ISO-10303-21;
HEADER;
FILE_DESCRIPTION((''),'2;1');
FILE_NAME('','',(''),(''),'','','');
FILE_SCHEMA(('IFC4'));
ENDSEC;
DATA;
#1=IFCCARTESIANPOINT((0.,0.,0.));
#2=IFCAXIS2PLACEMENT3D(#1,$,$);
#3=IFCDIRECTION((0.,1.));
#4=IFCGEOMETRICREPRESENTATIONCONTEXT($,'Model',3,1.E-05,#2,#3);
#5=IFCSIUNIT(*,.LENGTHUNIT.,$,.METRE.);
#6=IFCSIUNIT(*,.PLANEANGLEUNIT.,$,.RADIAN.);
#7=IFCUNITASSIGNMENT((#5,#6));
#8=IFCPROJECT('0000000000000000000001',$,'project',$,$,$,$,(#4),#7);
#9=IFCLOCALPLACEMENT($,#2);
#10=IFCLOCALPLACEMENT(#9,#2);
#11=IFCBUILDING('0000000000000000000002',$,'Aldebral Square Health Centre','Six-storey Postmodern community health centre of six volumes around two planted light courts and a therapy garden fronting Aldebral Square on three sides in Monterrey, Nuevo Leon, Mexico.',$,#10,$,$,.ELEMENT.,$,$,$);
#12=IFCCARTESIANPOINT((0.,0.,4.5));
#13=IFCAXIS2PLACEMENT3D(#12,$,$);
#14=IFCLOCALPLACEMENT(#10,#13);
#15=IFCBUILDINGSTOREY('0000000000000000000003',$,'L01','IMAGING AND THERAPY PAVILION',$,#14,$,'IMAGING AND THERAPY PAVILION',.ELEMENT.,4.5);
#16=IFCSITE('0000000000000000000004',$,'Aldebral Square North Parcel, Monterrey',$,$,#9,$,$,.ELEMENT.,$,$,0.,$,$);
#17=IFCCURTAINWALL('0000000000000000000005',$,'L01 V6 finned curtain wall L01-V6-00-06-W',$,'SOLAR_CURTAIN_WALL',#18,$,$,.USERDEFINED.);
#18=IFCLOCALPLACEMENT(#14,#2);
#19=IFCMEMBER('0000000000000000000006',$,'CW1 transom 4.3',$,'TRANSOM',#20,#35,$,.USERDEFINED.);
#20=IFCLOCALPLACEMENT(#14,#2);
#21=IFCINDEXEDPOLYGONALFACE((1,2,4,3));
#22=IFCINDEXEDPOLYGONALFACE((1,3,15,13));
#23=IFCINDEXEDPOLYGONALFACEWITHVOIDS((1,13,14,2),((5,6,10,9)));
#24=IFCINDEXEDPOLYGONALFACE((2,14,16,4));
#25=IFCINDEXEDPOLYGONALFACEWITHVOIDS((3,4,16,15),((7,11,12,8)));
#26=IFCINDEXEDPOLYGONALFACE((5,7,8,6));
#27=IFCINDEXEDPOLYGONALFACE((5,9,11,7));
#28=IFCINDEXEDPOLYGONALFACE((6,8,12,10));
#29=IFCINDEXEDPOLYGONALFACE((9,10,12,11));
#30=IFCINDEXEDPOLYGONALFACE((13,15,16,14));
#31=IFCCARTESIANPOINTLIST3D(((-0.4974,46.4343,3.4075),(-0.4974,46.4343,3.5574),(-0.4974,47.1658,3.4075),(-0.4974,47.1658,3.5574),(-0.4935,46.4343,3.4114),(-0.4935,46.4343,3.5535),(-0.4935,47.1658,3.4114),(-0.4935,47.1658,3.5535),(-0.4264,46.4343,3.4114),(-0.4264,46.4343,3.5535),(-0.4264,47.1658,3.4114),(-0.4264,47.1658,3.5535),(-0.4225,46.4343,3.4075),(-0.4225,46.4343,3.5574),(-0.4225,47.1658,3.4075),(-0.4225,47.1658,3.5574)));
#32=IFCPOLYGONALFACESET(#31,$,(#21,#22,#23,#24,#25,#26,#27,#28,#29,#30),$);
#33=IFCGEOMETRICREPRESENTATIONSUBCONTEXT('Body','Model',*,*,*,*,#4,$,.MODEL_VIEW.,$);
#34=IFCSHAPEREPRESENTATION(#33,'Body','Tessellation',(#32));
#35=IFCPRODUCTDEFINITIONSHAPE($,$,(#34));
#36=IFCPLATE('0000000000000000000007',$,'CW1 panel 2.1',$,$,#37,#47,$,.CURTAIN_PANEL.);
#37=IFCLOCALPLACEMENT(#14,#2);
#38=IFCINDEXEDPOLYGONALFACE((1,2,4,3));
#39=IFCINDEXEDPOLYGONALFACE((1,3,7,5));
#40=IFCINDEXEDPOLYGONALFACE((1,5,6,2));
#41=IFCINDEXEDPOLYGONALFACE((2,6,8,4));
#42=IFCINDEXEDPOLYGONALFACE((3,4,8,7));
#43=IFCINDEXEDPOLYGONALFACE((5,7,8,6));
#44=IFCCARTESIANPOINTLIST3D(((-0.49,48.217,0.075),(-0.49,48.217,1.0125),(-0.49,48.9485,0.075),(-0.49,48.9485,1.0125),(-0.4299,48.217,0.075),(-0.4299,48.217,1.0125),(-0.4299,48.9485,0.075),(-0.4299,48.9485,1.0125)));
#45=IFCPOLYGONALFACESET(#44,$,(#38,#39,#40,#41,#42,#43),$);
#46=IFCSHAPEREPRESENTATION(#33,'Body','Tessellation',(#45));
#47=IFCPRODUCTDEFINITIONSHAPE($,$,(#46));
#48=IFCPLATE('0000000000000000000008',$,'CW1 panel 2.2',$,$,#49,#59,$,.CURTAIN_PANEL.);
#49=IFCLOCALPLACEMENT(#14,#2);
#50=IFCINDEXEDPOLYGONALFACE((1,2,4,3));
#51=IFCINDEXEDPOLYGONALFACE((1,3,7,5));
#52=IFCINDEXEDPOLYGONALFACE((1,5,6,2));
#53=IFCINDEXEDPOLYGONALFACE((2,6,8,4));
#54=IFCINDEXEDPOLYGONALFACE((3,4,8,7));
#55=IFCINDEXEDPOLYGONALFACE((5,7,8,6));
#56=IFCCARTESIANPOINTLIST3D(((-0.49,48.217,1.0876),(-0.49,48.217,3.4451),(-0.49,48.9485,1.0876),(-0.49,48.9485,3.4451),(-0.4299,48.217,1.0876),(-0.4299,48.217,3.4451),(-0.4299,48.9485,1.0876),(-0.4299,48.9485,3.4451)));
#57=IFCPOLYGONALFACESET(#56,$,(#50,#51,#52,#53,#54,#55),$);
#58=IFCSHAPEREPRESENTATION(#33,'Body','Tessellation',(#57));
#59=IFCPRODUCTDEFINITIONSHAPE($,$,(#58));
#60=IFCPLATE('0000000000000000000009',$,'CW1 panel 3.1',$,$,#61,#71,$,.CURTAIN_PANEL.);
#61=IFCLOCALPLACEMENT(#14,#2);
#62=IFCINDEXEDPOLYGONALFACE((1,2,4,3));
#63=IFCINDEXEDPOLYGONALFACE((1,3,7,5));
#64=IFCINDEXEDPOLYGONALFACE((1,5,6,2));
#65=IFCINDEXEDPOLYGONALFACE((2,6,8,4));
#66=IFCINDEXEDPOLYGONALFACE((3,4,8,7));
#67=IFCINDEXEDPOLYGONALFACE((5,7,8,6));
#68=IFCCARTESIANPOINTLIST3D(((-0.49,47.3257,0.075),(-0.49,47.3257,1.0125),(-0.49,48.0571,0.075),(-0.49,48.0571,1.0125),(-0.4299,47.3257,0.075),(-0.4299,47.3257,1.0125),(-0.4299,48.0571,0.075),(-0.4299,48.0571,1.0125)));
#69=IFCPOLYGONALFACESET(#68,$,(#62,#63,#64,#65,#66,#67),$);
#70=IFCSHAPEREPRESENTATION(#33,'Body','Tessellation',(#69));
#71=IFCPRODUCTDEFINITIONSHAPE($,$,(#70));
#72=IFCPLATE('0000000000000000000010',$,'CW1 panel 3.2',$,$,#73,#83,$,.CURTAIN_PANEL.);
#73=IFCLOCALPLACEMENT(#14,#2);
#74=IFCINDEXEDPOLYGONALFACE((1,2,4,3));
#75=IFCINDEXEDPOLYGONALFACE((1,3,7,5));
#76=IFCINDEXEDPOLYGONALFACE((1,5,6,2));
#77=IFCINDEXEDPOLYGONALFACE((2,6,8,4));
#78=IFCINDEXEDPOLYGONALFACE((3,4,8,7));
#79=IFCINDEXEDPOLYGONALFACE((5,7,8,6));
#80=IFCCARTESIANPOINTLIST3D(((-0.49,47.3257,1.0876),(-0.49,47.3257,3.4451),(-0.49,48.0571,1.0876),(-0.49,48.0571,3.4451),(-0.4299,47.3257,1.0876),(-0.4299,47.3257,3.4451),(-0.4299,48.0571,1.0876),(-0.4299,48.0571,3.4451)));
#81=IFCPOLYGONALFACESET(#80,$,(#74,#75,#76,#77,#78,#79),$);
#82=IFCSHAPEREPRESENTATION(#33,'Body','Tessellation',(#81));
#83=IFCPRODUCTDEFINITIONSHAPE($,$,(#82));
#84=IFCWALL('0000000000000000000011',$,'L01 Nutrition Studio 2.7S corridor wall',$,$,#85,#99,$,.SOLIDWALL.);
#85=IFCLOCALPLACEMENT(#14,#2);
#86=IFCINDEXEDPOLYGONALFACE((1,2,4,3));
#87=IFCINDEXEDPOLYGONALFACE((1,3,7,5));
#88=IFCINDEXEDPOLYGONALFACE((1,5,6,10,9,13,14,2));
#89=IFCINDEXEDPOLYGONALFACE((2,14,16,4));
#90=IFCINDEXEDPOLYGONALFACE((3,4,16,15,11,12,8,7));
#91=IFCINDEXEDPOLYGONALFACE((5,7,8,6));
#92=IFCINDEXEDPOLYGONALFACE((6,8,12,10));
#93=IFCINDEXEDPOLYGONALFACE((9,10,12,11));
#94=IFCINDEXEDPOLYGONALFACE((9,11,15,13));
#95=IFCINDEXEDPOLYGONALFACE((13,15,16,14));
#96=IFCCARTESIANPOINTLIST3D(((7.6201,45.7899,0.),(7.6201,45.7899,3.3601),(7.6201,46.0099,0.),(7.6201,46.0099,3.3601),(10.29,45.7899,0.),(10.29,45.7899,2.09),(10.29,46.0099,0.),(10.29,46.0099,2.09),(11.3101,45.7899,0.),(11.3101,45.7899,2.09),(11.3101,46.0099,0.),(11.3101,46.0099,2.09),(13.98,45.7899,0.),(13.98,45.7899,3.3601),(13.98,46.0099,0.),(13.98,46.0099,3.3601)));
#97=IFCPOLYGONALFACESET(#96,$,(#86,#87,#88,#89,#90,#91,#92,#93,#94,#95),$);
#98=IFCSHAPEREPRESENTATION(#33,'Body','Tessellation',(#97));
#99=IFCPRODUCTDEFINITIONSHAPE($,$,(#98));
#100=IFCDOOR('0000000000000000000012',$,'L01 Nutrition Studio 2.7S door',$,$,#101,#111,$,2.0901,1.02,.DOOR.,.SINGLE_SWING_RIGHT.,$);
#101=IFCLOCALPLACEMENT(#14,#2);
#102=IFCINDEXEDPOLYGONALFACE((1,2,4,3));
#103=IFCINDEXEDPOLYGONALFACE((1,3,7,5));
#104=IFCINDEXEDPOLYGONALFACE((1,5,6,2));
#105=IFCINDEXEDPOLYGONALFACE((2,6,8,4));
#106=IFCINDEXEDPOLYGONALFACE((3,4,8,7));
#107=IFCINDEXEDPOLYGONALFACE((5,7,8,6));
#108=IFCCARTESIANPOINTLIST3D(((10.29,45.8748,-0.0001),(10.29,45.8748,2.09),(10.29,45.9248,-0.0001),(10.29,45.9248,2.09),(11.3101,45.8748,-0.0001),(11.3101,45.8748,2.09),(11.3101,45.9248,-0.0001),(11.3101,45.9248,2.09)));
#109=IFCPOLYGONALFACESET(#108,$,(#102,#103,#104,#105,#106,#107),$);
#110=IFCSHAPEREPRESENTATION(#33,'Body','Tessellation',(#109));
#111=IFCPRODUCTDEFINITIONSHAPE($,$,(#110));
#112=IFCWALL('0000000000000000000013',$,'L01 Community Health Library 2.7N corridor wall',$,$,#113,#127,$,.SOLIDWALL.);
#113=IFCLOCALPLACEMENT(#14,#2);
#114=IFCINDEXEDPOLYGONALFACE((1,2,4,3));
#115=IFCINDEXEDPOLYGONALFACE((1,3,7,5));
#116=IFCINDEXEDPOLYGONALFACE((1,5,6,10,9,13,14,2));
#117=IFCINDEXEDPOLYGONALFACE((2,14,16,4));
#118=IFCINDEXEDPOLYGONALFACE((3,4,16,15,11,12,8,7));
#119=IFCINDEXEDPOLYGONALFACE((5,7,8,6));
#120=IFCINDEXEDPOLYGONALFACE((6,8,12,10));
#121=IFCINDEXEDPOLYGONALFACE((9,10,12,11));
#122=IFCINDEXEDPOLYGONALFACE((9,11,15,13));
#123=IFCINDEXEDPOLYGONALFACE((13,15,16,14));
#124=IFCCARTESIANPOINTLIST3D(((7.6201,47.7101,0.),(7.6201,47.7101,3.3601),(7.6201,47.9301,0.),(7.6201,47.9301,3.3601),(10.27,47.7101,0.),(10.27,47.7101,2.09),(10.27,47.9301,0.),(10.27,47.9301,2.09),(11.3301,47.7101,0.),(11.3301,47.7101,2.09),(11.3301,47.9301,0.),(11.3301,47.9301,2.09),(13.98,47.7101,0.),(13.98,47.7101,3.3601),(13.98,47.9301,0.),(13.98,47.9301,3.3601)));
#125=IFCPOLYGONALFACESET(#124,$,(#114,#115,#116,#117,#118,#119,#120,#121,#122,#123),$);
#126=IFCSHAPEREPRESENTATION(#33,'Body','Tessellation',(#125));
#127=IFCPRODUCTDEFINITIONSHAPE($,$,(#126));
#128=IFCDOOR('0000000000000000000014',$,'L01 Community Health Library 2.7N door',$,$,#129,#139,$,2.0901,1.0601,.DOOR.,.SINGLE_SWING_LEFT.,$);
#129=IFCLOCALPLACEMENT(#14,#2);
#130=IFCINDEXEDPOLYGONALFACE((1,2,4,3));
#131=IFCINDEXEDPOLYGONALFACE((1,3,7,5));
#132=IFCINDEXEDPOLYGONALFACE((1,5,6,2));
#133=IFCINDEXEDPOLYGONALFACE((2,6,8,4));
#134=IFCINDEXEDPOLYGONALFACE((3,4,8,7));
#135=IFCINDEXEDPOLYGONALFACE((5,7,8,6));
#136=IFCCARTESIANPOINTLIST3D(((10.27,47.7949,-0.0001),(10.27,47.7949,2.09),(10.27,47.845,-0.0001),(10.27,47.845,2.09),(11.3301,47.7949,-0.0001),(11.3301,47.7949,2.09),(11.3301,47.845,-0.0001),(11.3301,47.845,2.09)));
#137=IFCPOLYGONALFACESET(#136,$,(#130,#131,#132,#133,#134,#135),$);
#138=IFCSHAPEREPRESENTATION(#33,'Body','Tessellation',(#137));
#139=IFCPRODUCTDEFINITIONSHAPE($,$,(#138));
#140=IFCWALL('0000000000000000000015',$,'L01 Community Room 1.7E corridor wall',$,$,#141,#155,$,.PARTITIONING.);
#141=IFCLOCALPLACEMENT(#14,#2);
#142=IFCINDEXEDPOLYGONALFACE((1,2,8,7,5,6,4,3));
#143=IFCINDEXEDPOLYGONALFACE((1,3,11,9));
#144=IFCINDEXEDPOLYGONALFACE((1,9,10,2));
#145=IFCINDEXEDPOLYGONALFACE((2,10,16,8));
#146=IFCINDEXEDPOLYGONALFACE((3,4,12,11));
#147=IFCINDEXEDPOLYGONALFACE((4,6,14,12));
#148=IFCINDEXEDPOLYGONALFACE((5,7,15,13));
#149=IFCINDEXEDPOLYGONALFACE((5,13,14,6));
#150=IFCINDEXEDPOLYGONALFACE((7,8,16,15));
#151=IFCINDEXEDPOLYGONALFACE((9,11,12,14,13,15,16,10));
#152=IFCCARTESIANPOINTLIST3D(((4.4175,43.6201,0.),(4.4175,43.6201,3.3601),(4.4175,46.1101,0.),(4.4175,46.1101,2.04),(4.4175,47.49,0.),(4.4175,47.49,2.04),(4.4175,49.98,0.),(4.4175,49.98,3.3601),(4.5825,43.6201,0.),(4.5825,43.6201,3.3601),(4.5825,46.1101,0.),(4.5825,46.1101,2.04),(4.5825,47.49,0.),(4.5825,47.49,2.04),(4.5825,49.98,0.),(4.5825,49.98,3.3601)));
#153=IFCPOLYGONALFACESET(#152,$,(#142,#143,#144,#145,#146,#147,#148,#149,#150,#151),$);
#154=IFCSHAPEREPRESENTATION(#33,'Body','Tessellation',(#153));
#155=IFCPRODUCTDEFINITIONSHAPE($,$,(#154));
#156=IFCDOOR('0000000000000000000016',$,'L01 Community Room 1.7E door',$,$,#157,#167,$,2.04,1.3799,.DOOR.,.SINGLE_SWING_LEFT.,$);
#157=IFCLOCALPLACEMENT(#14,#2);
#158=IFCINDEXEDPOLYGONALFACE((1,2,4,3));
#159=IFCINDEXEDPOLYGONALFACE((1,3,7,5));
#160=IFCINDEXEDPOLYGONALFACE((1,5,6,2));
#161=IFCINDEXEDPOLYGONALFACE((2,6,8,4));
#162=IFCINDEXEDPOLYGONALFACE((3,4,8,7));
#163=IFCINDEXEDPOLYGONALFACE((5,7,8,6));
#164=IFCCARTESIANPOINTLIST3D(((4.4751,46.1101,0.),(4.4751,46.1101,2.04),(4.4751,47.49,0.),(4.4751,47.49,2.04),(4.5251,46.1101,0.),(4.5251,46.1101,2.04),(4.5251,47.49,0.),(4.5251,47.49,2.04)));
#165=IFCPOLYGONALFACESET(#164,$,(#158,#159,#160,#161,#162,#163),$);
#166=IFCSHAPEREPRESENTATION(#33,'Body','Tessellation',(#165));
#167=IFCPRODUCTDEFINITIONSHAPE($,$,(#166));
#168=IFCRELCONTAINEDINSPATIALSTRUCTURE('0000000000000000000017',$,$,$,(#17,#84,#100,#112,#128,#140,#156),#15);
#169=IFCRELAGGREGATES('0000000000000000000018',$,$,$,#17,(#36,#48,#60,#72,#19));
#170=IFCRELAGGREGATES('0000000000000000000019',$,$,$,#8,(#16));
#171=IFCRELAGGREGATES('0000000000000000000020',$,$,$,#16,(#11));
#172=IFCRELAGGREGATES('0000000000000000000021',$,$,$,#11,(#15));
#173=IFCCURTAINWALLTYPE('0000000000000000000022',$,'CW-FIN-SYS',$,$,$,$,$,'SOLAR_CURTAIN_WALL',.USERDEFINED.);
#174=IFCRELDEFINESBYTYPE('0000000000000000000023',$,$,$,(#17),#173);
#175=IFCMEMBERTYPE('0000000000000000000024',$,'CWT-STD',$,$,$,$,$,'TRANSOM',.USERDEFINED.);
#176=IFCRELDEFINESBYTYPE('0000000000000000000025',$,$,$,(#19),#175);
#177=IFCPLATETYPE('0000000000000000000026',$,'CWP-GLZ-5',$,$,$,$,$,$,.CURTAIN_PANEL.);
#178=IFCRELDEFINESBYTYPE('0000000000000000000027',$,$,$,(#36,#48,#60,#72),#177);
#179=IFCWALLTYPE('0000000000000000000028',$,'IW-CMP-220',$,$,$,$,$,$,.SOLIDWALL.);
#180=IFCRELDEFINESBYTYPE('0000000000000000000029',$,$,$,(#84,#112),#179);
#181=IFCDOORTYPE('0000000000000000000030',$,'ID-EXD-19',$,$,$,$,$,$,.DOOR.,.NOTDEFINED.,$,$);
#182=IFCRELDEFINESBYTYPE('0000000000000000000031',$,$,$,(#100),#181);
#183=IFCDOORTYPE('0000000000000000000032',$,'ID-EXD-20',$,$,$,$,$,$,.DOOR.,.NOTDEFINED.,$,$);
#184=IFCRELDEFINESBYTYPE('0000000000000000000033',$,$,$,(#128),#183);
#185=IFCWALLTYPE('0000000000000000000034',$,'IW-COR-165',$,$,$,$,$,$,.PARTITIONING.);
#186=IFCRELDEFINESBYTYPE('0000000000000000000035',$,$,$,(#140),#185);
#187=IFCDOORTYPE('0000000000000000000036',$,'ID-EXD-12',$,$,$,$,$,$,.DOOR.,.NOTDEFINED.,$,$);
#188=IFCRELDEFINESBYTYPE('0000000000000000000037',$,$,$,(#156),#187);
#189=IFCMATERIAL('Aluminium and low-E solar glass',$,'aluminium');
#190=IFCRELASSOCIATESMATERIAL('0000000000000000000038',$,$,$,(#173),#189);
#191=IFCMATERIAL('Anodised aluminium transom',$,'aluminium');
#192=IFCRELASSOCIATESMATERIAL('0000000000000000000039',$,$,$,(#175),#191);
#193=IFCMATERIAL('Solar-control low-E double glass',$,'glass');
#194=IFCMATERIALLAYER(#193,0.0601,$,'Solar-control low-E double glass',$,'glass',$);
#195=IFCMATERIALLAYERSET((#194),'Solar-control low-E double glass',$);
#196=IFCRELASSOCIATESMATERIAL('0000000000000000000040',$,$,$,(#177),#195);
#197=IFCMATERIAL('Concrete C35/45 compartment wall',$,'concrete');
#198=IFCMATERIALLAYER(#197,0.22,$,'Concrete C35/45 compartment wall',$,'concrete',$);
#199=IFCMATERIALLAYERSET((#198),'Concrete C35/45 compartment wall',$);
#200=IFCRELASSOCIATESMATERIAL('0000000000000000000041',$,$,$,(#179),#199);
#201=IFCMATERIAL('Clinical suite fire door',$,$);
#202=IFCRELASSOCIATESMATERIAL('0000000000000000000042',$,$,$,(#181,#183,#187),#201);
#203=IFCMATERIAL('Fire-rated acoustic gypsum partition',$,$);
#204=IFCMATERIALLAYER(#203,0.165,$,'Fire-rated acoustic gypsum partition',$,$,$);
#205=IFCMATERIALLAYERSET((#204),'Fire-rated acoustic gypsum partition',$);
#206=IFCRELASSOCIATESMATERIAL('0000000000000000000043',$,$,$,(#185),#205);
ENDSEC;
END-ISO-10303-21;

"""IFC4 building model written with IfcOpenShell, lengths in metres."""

from ifc_helpers import new_model, si_unit, direction, frame, frame_2d, origin, origin_2d, place, context, subcontext, project, spatial, rectangle, hollow_rectangle, extrude, material, layer, layer_set, material_profile, profile_set, type_object, element, fill, aggregate, save


model = new_model("IFC4")

# Units and contexts
model_context = context("Model", 3, precision=1e-05, world=origin(), true_north=direction((0.0, 1.0)))
body_context = subcontext(model_context, "Body", "Model", "MODEL_VIEW")
ifc_project = project(units=[si_unit("LENGTHUNIT", "METRE"), si_unit("PLANEANGLEUNIT", "RADIAN")], contexts=[model_context])

# Site, building, storey
site_placement = place(None, origin())
site = spatial("IfcSite", under=ifc_project, at=site_placement, Name="Aldebral Square North Parcel, Monterrey", CompositionType="ELEMENT", RefElevation=0.0)
building_placement = place(site_placement, origin())
building = spatial("IfcBuilding", under=site, at=building_placement, Name="Aldebral Square Health Centre", Description="Six-storey Postmodern community health centre of six volumes around two planted light courts and a therapy garden fronting Aldebral Square on three sides in Monterrey, Nuevo Leon, Mexico.", CompositionType="ELEMENT")
storey_placement = place(building_placement, frame((0.0, 0.0, 4.5)))
storey = spatial("IfcBuildingStorey", under=building, at=storey_placement, Name="L01", Description="IMAGING AND THERAPY PAVILION", LongName="IMAGING AND THERAPY PAVILION", CompositionType="ELEMENT", Elevation=4.5)

# Curtain wall, member, plates
ifc_material_1 = material(Name="Aluminium and low-E solar glass", Category="aluminium")
curtain_wall_type = type_object("IfcCurtainWallType", Name="CW-FIN-SYS", ElementType="SOLAR_CURTAIN_WALL", PredefinedType="USERDEFINED", material=ifc_material_1)
curtain_wall_placement = place(storey_placement, origin())
curtain_wall = element("IfcCurtainWall", 1, at=curtain_wall_placement, inside=storey, type_object=curtain_wall_type, Name="L01 V6 finned curtain wall L01-V6-00-06-W", ObjectType="SOLAR_CURTAIN_WALL", PredefinedType="USERDEFINED")
ifc_material_2 = material(Name="Anodised aluminium transom", Category="aluminium")
ifc_material_profile_1 = material_profile(ifc_material_2, hollow_rectangle(XDim=0.075, YDim=0.1499, WallThickness=0.0039, at=origin_2d()), Name="CWT 75x150x4")
ifc_profile_set_1 = profile_set([ifc_material_profile_1], Name="Anodised aluminium transom")
member_type_1 = type_object("IfcMemberType", Name="CWT-STD", ElementType="TRANSOM", PredefinedType="USERDEFINED", material=ifc_profile_set_1)
member_1_placement = place(storey_placement, frame((-0.46, 47.1658, 3.4824), z_axis=(0.0, -1.0, 0.0), x_axis=(1.0, 0.0, 0.0)))
member_1 = element("IfcMember", 2, at=member_1_placement, type_object=member_type_1, Name="CW1 transom 4.3", ObjectType="TRANSOM", PredefinedType="USERDEFINED", context=body_context, shape_type="SweptSolid", body=[
    extrude(hollow_rectangle(XDim=0.075, YDim=0.1499, WallThickness=0.0039, at=origin_2d()), origin(), (0.0, 0.0, 1.0), 0.7314),
])
ifc_material_3 = material(Name="Solar-control low-E double glass", Category="glass")
ifc_layer_1 = layer(ifc_material_3, 0.0601, Name="Solar-control low-E double glass", Category="glass")
ifc_layer_set_1 = layer_set([ifc_layer_1], Name="Solar-control low-E double glass")
plate_type = type_object("IfcPlateType", Name="CWP-GLZ-5", PredefinedType="CURTAIN_PANEL", material=ifc_layer_set_1)
plate_1_placement = place(storey_placement, frame((-0.46, 48.5828, 0.075), z_axis=(0.0, 0.0, 1.0), x_axis=(0.0, -1.0, 0.0)))
plate_1 = element("IfcPlate", 3, at=plate_1_placement, type_object=plate_type, Name="CW1 panel 2.1", PredefinedType="CURTAIN_PANEL", context=body_context, shape_type="SweptSolid", body=[
    extrude(rectangle(XDim=0.7314, YDim=0.0601, at=origin_2d()), origin(), (0.0, 0.0, 1.0), 0.9375),
])
plate_2_placement = place(storey_placement, frame((-0.46, 48.5828, 1.0876), z_axis=(0.0, 0.0, 1.0), x_axis=(0.0, -1.0, 0.0)))
plate_2 = element("IfcPlate", 4, at=plate_2_placement, type_object=plate_type, Name="CW1 panel 2.2", PredefinedType="CURTAIN_PANEL", context=body_context, shape_type="SweptSolid", body=[
    extrude(rectangle(XDim=0.7314, YDim=0.0601, at=origin_2d()), origin(), (0.0, 0.0, 1.0), 2.3574),
])
plate_3_placement = place(storey_placement, frame((-0.46, 47.6914, 0.075), z_axis=(0.0, 0.0, 1.0), x_axis=(0.0, -1.0, 0.0)))
plate_3 = element("IfcPlate", 5, at=plate_3_placement, type_object=plate_type, Name="CW1 panel 3.1", PredefinedType="CURTAIN_PANEL", context=body_context, shape_type="SweptSolid", body=[
    extrude(rectangle(XDim=0.7314, YDim=0.0601, at=origin_2d()), origin(), (0.0, 0.0, 1.0), 0.9375),
])
plate_4_placement = place(storey_placement, frame((-0.46, 47.6914, 1.0876), z_axis=(0.0, 0.0, 1.0), x_axis=(0.0, -1.0, 0.0)))
plate_4 = element("IfcPlate", 6, at=plate_4_placement, type_object=plate_type, Name="CW1 panel 3.2", PredefinedType="CURTAIN_PANEL", context=body_context, shape_type="SweptSolid", body=[
    extrude(rectangle(XDim=0.7314, YDim=0.0601, at=origin_2d()), origin(), (0.0, 0.0, 1.0), 2.3574),
])
aggregate(curtain_wall, [plate_1, plate_2, plate_3, plate_4, member_1])

# Walls, openings, doors
ifc_material_4 = material(Name="Concrete C35/45 compartment wall", Category="concrete")
ifc_layer_2 = layer(ifc_material_4, 0.22, Name="Concrete C35/45 compartment wall", Category="concrete")
ifc_layer_set_2 = layer_set([ifc_layer_2], Name="Concrete C35/45 compartment wall")
wall_type_1 = type_object("IfcWallType", Name="IW-CMP-220", PredefinedType="SOLIDWALL", material=ifc_layer_set_2)
wall_1_placement = place(storey_placement, frame((7.6201, 45.8999, 0.0), z_axis=(0.0, 0.0, 1.0), x_axis=(1.0, 0.0, 0.0)))
wall_1 = element("IfcWall", 7, at=wall_1_placement, inside=storey, type_object=wall_type_1, Name="L01 Nutrition Studio 2.7S corridor wall", PredefinedType="SOLIDWALL", context=body_context, shape_type="SweptSolid", body=[
    extrude(rectangle(XDim=6.3599, YDim=0.22, at=frame_2d((3.1799, 0.0))), origin(), (0.0, 0.0, 1.0), 3.3601),
])
opening_1_placement = place(wall_1_placement, frame((2.6699, 0.0, 0.0)))
opening_1 = element("IfcOpeningElement", 8, at=opening_1_placement, cuts=wall_1, PredefinedType="OPENING", context=body_context, shape_type="SweptSolid", body=[
    extrude(rectangle(XDim=1.02, YDim=2.0901, at=frame_2d((0.51, 1.0449))), frame((0.0, 0.1201, 0.0), z_axis=(0.0, -1.0, 0.0), x_axis=(1.0, 0.0, 0.0)), (0.0, 0.0, 1.0), 0.24),
])
ifc_material_5 = material(Name="Clinical suite fire door")
door_type_1 = type_object("IfcDoorType", Name="ID-EXD-19", OperationType="NOTDEFINED", PredefinedType="DOOR", material=ifc_material_5)
door_1_placement = place(opening_1_placement, origin())
door_1 = element("IfcDoor", 9, at=door_1_placement, inside=storey, type_object=door_type_1, Name="L01 Nutrition Studio 2.7S door", OperationType="SINGLE_SWING_RIGHT", OverallHeight=2.0901, OverallWidth=1.02, PredefinedType="DOOR", context=body_context, shape_type="SweptSolid", body=[
    extrude(rectangle(XDim=1.02, YDim=2.0901, at=frame_2d((0.51, 1.0449))), frame((0.0, 0.0249, 0.0), z_axis=(0.0, -1.0, 0.0), x_axis=(1.0, 0.0, 0.0)), (0.0, 0.0, 1.0), 0.05),
])
fill(opening_1, door_1)
wall_2_placement = place(storey_placement, frame((7.6201, 47.8201, 0.0), z_axis=(0.0, 0.0, 1.0), x_axis=(1.0, 0.0, 0.0)))
wall_2 = element("IfcWall", 10, at=wall_2_placement, inside=storey, type_object=wall_type_1, Name="L01 Community Health Library 2.7N corridor wall", PredefinedType="SOLIDWALL", context=body_context, shape_type="SweptSolid", body=[
    extrude(rectangle(XDim=6.3599, YDim=0.22, at=frame_2d((3.1799, 0.0))), origin(), (0.0, 0.0, 1.0), 3.3601),
])
opening_2_placement = place(wall_2_placement, frame((2.6499, 0.0, 0.0)))
opening_2 = element("IfcOpeningElement", 11, at=opening_2_placement, cuts=wall_2, PredefinedType="OPENING", context=body_context, shape_type="SweptSolid", body=[
    extrude(rectangle(XDim=1.0601, YDim=2.0901, at=frame_2d((0.53, 1.0449))), frame((0.0, 0.1201, 0.0), z_axis=(0.0, -1.0, 0.0), x_axis=(1.0, 0.0, 0.0)), (0.0, 0.0, 1.0), 0.24),
])
door_type_2 = type_object("IfcDoorType", Name="ID-EXD-20", OperationType="NOTDEFINED", PredefinedType="DOOR", material=ifc_material_5)
door_2_placement = place(opening_2_placement, origin())
door_2 = element("IfcDoor", 12, at=door_2_placement, inside=storey, type_object=door_type_2, Name="L01 Community Health Library 2.7N door", OperationType="SINGLE_SWING_LEFT", OverallHeight=2.0901, OverallWidth=1.0601, PredefinedType="DOOR", context=body_context, shape_type="SweptSolid", body=[
    extrude(rectangle(XDim=1.0601, YDim=2.0901, at=frame_2d((0.53, 1.0449))), frame((0.0, 0.0249, 0.0), z_axis=(0.0, -1.0, 0.0), x_axis=(1.0, 0.0, 0.0)), (0.0, 0.0, 1.0), 0.05),
])
fill(opening_2, door_2)
ifc_material_6 = material(Name="Fire-rated acoustic gypsum partition")
ifc_layer_3 = layer(ifc_material_6, 0.165, Name="Fire-rated acoustic gypsum partition")
ifc_layer_set_3 = layer_set([ifc_layer_3], Name="Fire-rated acoustic gypsum partition")
wall_type_2 = type_object("IfcWallType", Name="IW-COR-165", PredefinedType="PARTITIONING", material=ifc_layer_set_3)
wall_3_placement = place(storey_placement, frame((4.5, 43.6201, 0.0), z_axis=(0.0, 0.0, 1.0), x_axis=(0.0, 1.0, 0.0)))
wall_3 = element("IfcWall", 13, at=wall_3_placement, inside=storey, type_object=wall_type_2, Name="L01 Community Room 1.7E corridor wall", PredefinedType="PARTITIONING", context=body_context, shape_type="SweptSolid", body=[
    extrude(rectangle(XDim=6.3599, YDim=0.165, at=frame_2d((3.1799, 0.0))), origin(), (0.0, 0.0, 1.0), 3.3601),
])
opening_3_placement = place(wall_3_placement, frame((2.49, 0.0, 0.0)))
opening_3 = element("IfcOpeningElement", 14, at=opening_3_placement, cuts=wall_3, PredefinedType="OPENING", context=body_context, shape_type="SweptSolid", body=[
    extrude(rectangle(XDim=1.3799, YDim=2.04, at=frame_2d((0.6899, 1.02))), frame((0.0, 0.0925, 0.0), z_axis=(0.0, -1.0, 0.0), x_axis=(1.0, 0.0, 0.0)), (0.0, 0.0, 1.0), 0.1851),
])
door_type_3 = type_object("IfcDoorType", Name="ID-EXD-12", OperationType="NOTDEFINED", PredefinedType="DOOR", material=ifc_material_5)
door_3_placement = place(opening_3_placement, origin())
door_3 = element("IfcDoor", 15, at=door_3_placement, inside=storey, type_object=door_type_3, Name="L01 Community Room 1.7E door", OperationType="SINGLE_SWING_LEFT", OverallHeight=2.04, OverallWidth=1.3799, PredefinedType="DOOR", context=body_context, shape_type="SweptSolid", body=[
    extrude(rectangle(XDim=1.3799, YDim=2.04, at=frame_2d((0.6899, 1.02))), frame((0.0, 0.0249, 0.0), z_axis=(0.0, -1.0, 0.0), x_axis=(1.0, 0.0, 0.0)), (0.0, 0.0, 1.0), 0.05),
])
fill(opening_3, door_3)

save(model, "model.ifc")
